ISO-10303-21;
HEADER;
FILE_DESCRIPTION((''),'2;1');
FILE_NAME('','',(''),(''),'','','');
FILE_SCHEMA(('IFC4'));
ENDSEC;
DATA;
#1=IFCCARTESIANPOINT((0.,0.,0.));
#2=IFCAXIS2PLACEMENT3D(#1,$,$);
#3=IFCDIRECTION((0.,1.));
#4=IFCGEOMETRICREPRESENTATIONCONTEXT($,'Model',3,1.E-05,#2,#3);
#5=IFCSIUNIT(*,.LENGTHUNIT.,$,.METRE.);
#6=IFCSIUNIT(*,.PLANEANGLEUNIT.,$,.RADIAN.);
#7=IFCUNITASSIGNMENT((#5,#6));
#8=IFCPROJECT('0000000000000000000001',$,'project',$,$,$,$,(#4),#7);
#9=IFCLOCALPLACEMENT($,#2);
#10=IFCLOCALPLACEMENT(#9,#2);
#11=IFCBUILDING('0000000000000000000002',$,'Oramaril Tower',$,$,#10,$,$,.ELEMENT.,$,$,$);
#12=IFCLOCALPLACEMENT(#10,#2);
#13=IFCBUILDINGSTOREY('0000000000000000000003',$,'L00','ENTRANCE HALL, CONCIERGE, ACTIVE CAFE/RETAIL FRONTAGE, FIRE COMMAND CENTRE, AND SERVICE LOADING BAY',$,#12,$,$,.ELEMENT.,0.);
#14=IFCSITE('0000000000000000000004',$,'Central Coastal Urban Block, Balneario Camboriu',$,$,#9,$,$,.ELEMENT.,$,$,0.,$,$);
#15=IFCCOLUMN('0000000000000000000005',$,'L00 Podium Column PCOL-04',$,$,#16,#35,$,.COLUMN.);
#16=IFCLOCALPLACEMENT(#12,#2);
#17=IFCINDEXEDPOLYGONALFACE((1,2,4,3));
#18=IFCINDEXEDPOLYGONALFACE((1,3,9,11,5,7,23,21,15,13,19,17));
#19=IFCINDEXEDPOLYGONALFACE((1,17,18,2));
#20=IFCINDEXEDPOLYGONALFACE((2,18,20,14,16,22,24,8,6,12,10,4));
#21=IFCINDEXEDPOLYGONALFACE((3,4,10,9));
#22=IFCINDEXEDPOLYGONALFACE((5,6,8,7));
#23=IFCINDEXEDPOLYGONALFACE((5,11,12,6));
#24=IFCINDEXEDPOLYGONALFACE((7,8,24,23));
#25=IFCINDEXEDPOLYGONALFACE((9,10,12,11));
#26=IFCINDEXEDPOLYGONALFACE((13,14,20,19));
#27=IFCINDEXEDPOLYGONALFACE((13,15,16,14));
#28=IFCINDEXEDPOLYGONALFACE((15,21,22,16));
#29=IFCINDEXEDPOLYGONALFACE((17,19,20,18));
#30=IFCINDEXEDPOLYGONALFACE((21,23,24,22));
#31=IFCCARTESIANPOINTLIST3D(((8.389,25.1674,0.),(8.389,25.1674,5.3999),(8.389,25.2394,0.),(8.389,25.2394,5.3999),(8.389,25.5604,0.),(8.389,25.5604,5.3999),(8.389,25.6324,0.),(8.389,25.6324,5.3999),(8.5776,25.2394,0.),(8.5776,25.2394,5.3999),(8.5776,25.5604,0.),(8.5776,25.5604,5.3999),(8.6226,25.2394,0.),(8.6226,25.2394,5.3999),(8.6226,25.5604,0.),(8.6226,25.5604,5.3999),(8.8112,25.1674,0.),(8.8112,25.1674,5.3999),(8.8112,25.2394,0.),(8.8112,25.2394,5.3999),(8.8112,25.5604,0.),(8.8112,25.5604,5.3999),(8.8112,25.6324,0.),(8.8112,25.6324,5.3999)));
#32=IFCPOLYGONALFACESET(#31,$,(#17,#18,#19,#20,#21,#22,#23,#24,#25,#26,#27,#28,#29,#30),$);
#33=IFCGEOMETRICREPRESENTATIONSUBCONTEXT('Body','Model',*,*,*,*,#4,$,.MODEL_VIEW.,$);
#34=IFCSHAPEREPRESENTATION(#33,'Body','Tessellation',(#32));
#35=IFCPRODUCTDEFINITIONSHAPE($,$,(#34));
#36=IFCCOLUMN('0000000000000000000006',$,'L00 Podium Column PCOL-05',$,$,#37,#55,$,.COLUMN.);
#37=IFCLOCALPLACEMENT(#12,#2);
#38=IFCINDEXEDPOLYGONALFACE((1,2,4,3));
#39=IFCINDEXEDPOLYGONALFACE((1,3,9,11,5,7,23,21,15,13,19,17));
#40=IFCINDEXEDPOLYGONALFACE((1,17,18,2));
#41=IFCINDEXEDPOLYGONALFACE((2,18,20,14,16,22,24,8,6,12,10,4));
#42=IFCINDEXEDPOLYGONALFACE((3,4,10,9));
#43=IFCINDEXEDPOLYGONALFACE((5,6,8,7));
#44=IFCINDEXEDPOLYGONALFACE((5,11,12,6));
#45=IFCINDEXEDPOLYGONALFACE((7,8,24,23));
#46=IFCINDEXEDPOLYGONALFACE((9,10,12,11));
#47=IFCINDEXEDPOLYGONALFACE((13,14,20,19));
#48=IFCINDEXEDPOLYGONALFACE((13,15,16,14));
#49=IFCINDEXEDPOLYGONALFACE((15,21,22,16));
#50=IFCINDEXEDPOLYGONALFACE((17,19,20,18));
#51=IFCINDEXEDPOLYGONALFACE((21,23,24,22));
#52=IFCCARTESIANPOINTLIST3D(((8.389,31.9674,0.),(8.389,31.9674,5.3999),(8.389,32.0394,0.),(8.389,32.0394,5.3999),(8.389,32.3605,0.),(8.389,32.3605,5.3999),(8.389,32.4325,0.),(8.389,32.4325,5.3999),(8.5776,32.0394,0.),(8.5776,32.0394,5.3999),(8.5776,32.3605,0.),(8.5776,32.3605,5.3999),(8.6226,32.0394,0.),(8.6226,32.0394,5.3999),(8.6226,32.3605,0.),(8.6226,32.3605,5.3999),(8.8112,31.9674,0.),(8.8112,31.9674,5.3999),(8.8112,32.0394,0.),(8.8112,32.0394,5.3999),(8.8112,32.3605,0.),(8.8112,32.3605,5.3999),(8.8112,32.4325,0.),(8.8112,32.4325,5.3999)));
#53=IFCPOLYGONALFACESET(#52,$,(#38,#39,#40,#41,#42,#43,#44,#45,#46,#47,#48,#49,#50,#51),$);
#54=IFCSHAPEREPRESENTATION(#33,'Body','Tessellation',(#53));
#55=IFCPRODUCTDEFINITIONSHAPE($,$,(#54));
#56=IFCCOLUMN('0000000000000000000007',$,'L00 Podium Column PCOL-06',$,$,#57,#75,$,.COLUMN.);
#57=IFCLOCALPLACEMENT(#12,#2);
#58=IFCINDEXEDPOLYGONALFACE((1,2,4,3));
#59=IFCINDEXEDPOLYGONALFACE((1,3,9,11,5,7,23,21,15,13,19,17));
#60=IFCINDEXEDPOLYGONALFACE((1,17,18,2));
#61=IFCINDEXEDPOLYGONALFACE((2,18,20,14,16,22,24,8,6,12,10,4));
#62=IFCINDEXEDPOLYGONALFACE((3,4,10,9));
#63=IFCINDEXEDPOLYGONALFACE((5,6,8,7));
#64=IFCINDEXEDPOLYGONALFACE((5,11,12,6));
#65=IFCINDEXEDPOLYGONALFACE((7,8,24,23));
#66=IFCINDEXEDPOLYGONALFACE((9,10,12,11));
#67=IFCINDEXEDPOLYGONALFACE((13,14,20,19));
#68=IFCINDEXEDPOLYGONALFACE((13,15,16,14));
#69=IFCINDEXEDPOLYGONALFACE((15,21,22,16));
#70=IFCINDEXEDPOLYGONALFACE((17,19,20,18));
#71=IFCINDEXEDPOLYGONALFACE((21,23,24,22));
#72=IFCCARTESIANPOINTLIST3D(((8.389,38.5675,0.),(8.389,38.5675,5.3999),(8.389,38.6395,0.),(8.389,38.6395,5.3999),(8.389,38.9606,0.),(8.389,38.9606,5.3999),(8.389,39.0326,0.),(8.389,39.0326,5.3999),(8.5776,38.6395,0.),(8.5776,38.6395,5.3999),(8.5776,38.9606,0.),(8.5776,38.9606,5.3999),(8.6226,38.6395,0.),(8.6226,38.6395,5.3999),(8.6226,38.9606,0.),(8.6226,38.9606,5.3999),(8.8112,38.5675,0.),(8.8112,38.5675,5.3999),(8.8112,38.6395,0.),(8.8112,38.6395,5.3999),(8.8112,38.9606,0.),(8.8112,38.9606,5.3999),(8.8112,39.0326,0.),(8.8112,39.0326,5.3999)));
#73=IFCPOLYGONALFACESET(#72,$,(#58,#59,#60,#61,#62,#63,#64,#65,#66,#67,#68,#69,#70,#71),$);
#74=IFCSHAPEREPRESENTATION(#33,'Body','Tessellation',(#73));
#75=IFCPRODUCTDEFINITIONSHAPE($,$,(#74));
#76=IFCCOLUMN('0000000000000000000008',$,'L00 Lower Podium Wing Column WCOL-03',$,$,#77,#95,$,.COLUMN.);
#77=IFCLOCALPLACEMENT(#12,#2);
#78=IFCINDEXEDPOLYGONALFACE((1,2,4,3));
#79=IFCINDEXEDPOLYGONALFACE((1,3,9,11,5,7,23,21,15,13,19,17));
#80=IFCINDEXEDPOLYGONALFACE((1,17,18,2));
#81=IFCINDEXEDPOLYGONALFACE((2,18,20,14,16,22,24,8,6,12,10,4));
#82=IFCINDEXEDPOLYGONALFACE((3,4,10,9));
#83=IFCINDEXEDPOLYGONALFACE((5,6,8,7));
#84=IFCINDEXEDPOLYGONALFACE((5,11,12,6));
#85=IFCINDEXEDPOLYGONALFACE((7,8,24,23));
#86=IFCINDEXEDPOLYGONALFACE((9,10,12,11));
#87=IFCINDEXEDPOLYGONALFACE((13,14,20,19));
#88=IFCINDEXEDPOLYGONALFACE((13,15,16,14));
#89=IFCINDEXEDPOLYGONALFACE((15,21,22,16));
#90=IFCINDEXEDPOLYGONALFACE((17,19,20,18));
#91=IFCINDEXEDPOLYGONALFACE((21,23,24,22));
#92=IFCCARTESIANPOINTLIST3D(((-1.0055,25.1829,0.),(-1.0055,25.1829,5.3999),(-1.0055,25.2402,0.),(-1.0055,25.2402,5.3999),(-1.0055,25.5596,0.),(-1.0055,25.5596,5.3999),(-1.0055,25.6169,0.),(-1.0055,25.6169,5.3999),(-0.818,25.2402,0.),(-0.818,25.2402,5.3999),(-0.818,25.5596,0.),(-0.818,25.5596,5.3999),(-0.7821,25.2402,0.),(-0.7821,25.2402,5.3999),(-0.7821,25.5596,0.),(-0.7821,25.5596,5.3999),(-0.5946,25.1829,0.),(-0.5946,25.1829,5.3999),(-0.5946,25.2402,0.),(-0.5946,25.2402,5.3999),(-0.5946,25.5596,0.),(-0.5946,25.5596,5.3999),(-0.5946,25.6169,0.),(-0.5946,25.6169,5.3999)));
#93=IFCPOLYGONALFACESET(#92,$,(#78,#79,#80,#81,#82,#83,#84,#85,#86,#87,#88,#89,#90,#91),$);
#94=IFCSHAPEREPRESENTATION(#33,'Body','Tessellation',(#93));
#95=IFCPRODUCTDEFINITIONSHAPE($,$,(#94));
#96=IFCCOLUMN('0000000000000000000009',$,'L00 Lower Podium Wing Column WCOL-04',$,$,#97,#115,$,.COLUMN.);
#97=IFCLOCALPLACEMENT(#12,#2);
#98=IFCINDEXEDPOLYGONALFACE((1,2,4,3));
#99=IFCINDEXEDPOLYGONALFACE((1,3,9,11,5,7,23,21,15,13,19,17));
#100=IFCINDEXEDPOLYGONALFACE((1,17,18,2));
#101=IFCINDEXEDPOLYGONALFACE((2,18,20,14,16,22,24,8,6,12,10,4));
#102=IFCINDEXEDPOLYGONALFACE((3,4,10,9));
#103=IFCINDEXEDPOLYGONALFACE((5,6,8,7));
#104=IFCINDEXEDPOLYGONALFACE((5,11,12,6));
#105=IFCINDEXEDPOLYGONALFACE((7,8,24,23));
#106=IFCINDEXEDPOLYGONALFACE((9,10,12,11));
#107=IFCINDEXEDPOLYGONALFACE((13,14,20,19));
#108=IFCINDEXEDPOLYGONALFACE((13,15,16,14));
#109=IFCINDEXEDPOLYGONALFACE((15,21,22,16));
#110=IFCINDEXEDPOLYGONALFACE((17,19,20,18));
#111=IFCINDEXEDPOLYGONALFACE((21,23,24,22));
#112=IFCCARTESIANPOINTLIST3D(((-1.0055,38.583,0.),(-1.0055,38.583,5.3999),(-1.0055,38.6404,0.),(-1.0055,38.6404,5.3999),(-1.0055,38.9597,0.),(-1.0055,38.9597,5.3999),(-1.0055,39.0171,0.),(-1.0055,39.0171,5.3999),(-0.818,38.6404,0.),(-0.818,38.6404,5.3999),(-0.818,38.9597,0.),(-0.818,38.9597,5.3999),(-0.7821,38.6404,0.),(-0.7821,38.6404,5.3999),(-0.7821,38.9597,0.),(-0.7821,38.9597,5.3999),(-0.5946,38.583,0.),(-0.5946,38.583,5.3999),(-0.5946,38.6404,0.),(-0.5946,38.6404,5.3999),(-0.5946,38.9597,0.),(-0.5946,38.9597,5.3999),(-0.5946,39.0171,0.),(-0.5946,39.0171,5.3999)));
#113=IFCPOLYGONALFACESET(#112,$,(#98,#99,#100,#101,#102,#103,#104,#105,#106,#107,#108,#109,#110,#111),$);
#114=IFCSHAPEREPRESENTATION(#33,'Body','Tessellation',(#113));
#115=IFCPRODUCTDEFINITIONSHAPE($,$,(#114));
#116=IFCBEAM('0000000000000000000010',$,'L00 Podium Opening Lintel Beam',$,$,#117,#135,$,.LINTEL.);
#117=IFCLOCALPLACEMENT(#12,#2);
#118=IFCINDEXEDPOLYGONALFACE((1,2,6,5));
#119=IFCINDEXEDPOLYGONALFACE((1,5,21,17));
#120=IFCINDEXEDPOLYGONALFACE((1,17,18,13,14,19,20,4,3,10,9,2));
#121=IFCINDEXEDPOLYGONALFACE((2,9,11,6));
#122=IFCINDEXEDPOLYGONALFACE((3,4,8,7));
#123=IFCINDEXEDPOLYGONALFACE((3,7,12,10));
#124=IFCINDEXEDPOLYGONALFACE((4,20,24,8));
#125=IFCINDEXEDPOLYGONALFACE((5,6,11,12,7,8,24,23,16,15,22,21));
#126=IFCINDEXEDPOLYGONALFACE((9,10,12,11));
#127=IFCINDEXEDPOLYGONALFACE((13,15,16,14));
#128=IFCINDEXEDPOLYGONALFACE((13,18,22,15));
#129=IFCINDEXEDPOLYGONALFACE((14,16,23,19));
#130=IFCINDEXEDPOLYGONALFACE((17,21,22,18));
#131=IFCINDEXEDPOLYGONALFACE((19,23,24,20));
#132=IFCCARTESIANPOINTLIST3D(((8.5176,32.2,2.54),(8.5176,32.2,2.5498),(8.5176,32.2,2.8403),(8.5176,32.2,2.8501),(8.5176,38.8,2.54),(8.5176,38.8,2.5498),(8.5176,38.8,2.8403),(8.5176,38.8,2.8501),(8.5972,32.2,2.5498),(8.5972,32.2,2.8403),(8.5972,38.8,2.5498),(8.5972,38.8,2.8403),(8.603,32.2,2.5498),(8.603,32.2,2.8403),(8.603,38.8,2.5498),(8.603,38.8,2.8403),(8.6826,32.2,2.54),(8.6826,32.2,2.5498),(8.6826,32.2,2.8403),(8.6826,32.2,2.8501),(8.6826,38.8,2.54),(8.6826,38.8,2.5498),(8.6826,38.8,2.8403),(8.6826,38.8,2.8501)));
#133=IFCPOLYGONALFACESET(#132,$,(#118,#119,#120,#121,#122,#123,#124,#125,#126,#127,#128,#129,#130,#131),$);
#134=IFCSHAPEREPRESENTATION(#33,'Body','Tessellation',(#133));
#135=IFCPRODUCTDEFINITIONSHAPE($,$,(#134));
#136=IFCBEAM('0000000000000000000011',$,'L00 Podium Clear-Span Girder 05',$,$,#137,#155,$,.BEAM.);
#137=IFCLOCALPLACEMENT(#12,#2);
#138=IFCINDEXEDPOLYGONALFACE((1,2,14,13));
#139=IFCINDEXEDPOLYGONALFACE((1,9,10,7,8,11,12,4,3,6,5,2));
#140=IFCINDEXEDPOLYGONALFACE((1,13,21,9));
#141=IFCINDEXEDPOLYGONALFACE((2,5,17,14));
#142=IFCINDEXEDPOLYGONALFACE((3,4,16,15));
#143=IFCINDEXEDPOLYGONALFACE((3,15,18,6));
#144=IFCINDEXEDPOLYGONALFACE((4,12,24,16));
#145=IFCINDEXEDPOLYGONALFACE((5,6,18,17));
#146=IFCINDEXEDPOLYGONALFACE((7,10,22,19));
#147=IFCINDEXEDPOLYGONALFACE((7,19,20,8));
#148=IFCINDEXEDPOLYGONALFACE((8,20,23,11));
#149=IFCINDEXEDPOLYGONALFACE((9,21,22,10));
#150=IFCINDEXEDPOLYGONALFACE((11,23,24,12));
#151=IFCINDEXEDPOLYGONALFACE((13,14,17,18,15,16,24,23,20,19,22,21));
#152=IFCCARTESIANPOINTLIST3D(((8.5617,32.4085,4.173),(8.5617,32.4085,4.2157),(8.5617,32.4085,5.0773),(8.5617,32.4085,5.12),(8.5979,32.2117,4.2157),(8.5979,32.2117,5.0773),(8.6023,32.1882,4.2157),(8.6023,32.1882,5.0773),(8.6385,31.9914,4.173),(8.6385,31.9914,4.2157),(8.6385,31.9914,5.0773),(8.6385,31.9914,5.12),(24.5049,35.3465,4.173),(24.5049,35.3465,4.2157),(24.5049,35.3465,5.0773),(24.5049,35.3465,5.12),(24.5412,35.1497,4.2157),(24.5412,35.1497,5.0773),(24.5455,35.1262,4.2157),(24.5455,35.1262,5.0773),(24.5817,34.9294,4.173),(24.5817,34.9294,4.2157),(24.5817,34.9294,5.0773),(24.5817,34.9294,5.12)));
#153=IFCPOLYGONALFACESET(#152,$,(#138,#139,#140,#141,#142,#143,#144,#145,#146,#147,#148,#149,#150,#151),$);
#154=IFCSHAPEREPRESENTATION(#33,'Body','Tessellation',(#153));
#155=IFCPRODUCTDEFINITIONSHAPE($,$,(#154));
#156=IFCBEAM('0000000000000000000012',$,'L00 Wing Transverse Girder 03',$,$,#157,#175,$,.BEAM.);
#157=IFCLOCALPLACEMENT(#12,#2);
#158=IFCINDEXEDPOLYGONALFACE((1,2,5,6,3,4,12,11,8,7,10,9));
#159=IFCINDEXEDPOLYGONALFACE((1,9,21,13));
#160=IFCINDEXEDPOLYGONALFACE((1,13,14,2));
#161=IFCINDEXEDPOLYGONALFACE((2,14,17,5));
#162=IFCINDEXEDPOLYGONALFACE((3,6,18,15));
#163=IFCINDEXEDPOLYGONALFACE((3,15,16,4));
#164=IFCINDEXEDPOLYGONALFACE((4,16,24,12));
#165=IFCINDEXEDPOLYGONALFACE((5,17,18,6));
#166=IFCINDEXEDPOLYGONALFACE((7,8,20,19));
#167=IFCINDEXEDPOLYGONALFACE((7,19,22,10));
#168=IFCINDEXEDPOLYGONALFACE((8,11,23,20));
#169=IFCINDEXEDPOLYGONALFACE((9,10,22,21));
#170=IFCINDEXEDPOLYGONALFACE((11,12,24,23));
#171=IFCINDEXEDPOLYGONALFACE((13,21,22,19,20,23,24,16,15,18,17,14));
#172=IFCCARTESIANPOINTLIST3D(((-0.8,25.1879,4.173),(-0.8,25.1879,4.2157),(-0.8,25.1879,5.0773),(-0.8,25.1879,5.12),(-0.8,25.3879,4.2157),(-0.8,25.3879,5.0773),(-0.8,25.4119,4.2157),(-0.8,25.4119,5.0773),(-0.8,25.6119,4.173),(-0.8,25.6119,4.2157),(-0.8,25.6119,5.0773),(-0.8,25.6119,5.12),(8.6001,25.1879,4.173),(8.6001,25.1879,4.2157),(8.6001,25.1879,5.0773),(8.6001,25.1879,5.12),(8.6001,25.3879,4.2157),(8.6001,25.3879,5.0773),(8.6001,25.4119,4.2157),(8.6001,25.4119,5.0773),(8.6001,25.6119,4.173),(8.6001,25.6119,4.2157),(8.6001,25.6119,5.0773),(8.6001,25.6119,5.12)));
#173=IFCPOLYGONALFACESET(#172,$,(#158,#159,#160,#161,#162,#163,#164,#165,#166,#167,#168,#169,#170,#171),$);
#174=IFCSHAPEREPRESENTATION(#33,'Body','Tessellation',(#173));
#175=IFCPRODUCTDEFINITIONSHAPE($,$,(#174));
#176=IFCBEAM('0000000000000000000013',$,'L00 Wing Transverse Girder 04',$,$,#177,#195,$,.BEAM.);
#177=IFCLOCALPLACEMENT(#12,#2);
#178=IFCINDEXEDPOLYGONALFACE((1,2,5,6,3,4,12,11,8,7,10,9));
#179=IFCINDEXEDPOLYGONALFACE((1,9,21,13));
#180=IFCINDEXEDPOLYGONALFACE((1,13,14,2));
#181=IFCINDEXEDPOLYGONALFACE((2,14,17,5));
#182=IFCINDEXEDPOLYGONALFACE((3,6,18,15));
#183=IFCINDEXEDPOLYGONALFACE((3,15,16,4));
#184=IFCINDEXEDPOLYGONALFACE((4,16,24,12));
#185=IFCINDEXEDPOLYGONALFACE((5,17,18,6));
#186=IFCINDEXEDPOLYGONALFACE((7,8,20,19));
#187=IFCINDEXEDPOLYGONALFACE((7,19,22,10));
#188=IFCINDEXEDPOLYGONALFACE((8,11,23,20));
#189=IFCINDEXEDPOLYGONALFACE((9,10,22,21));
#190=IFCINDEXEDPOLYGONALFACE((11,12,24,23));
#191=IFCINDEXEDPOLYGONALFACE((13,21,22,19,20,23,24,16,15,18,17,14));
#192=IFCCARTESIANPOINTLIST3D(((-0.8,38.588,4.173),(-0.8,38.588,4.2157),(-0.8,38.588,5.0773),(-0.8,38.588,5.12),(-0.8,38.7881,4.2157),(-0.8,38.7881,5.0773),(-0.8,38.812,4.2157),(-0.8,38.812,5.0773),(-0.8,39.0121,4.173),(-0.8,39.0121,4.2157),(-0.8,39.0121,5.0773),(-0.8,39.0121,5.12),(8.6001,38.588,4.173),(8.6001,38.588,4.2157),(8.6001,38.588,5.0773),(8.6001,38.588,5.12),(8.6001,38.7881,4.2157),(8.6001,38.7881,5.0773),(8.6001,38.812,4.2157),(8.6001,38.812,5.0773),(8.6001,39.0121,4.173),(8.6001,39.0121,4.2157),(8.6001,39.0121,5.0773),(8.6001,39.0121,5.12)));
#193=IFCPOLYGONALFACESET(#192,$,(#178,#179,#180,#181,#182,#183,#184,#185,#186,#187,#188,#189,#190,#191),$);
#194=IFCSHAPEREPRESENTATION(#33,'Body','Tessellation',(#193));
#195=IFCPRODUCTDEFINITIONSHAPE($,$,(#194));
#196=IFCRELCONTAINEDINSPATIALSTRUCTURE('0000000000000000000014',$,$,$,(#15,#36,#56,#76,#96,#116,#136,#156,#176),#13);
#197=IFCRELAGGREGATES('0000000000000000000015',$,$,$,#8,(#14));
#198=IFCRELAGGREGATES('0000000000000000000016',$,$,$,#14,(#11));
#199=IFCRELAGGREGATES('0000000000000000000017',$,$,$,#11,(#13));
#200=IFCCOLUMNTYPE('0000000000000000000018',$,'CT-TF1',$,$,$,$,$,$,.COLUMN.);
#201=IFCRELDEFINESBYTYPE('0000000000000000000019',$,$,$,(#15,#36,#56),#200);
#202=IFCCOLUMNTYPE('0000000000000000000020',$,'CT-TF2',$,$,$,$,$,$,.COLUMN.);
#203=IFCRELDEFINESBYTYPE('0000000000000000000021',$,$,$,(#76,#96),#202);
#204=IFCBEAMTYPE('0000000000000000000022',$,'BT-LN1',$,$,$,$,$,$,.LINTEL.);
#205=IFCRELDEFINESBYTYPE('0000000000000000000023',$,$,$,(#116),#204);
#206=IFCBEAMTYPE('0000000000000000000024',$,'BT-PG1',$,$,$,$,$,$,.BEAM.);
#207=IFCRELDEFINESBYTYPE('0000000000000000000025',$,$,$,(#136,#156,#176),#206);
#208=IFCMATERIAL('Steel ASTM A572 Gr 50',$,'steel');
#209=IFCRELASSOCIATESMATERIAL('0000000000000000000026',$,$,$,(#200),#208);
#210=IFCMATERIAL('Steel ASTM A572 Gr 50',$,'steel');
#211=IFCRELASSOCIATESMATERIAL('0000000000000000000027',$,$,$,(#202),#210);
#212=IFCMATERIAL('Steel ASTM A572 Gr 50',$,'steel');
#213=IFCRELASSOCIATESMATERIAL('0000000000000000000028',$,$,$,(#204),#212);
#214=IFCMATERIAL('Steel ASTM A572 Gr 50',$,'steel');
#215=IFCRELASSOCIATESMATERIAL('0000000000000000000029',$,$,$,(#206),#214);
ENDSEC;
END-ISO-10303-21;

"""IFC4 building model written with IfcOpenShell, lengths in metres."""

from ifc_helpers import new_model, si_unit, direction, frame, origin, origin_2d, place, context, subcontext, project, spatial, i_section, extrude, material, material_profile, profile_set, type_object, element, save


model = new_model("IFC4")

# Units and contexts
model_context = context("Model", 3, precision=1e-05, world=origin(), true_north=direction((0.0, 1.0)))
body_context = subcontext(model_context, "Body", "Model", "MODEL_VIEW")
ifc_project = project(units=[si_unit("LENGTHUNIT", "METRE"), si_unit("PLANEANGLEUNIT", "RADIAN")], contexts=[model_context])

# Site, building, storey
site_placement = place(None, origin())
site = spatial("IfcSite", under=ifc_project, at=site_placement, Name="Central Coastal Urban Block, Balneario Camboriu", CompositionType="ELEMENT", RefElevation=0.0)
building_placement = place(site_placement, origin())
building = spatial("IfcBuilding", under=site, at=building_placement, Name="Oramaril Tower", CompositionType="ELEMENT")
storey_placement = place(building_placement, origin())
storey = spatial("IfcBuildingStorey", under=building, at=storey_placement, Name="L00", Description="ENTRANCE HALL, CONCIERGE, ACTIVE CAFE/RETAIL FRONTAGE, FIRE COMMAND CENTRE, AND SERVICE LOADING BAY", CompositionType="ELEMENT", Elevation=0.0)

# Columns
ifc_material_1 = material(Name="Steel ASTM A572 Gr 50", Category="steel")
ifc_material_profile_1 = material_profile(ifc_material_1, i_section(OverallWidth=0.4221, OverallDepth=0.4651, WebThickness=0.0449, FlangeThickness=0.072, at=origin_2d()), Name="W14X398")
ifc_profile_set_1 = profile_set([ifc_material_profile_1], Name="Steel ASTM A572 Gr 50")
column_type_1 = type_object("IfcColumnType", Name="CT-TF1", PredefinedType="COLUMN", material=ifc_profile_set_1)
for number, where, z_axis, x_axis, name in (
    (1, (8.6001, 25.3999, 0.0), (0.0, 0.0, 1.0), (1.0, 0.0, 0.0), "L00 Podium Column PCOL-04"),
    (2, (8.6001, 32.2, 0.0), (0.0, 0.0, 1.0), (1.0, 0.0, 0.0), "L00 Podium Column PCOL-05"),
    (3, (8.6001, 38.8, 0.0), (0.0, 0.0, 1.0), (1.0, 0.0, 0.0), "L00 Podium Column PCOL-06"),
):
    element("IfcColumn", number, at=place(storey_placement, frame(where, z_axis=z_axis, x_axis=x_axis)), inside=storey, type_object=column_type_1, Name=name, PredefinedType="COLUMN", context=body_context, shape_type="SweptSolid", body=[
        extrude(i_section(OverallWidth=0.4221, OverallDepth=0.4651, WebThickness=0.0449, FlangeThickness=0.072, at=origin_2d()), origin(), (0.0, 0.0, 1.0), 5.3999),
    ])
ifc_material_2 = material(Name="Steel ASTM A572 Gr 50", Category="steel")
ifc_material_profile_2 = material_profile(ifc_material_2, i_section(OverallWidth=0.4109, OverallDepth=0.4341, WebThickness=0.0359, FlangeThickness=0.0574, at=origin_2d()), Name="W14X311")
ifc_profile_set_2 = profile_set([ifc_material_profile_2], Name="Steel ASTM A572 Gr 50")
column_type_2 = type_object("IfcColumnType", Name="CT-TF2", PredefinedType="COLUMN", material=ifc_profile_set_2)
for number, where, z_axis, x_axis, name in (
    (4, (-0.8, 25.3999, 0.0), (0.0, 0.0, 1.0), (1.0, 0.0, 0.0), "L00 Lower Podium Wing Column WCOL-03"),
    (5, (-0.8, 38.8, 0.0), (0.0, 0.0, 1.0), (1.0, 0.0, 0.0), "L00 Lower Podium Wing Column WCOL-04"),
):
    element("IfcColumn", number, at=place(storey_placement, frame(where, z_axis=z_axis, x_axis=x_axis)), inside=storey, type_object=column_type_2, Name=name, PredefinedType="COLUMN", context=body_context, shape_type="SweptSolid", body=[
        extrude(i_section(OverallWidth=0.4109, OverallDepth=0.4341, WebThickness=0.0359, FlangeThickness=0.0574, at=origin_2d()), origin(), (0.0, 0.0, 1.0), 5.3999),
    ])

# Beams
ifc_material_3 = material(Name="Steel ASTM A572 Gr 50", Category="steel")
ifc_material_profile_3 = material_profile(ifc_material_3, i_section(OverallWidth=0.165, OverallDepth=0.3101, WebThickness=0.0059, FlangeThickness=0.0098, at=origin_2d()), Name="W12X26")
ifc_profile_set_3 = profile_set([ifc_material_profile_3], Name="Steel ASTM A572 Gr 50")
beam_type_1 = type_object("IfcBeamType", Name="BT-LN1", PredefinedType="LINTEL", material=ifc_profile_set_3)
beam_1_placement = place(storey_placement, frame((8.6001, 32.2, 2.6951), z_axis=(0.0, 1.0, 0.0), x_axis=(-1.0, 0.0, 0.0)))
element("IfcBeam", 6, at=beam_1_placement, inside=storey, type_object=beam_type_1, Name="L00 Podium Opening Lintel Beam", PredefinedType="LINTEL", context=body_context, shape_type="SweptSolid", body=[
    extrude(i_section(OverallWidth=0.165, OverallDepth=0.3101, WebThickness=0.0059, FlangeThickness=0.0098, at=origin_2d()), origin(), (0.0, 0.0, 1.0), 6.6001),
])
ifc_material_4 = material(Name="Steel ASTM A572 Gr 50", Category="steel")
ifc_material_profile_4 = material_profile(ifc_material_4, i_section(OverallWidth=0.4241, OverallDepth=0.947, WebThickness=0.0239, FlangeThickness=0.0427, at=origin_2d()), Name="W36X302")
ifc_profile_set_4 = profile_set([ifc_material_profile_4], Name="Steel ASTM A572 Gr 50")
beam_type_2 = type_object("IfcBeamType", Name="BT-PG1", PredefinedType="BEAM", material=ifc_profile_set_4)
beam_2_placement = place(storey_placement, frame((8.6001, 32.2, 4.6465), z_axis=(0.983441, 0.181228, 0.0), x_axis=(-0.181228, 0.983441, 0.0)))
element("IfcBeam", 7, at=beam_2_placement, inside=storey, type_object=beam_type_2, Name="L00 Podium Clear-Span Girder 05", PredefinedType="BEAM", context=body_context, shape_type="SweptSolid", body=[
    extrude(i_section(OverallWidth=0.4241, OverallDepth=0.947, WebThickness=0.0239, FlangeThickness=0.0427, at=origin_2d()), origin(), (0.0, 0.0, 1.0), 16.2117),
])
for number, where, z_axis, x_axis, name in (
    (8, (-0.8, 25.3999, 4.6465), (1.0, 0.0, 0.0), (0.0, 1.0, 0.0), "L00 Wing Transverse Girder 03"),
    (9, (-0.8, 38.8, 4.6465), (1.0, 0.0, 0.0), (0.0, 1.0, 0.0), "L00 Wing Transverse Girder 04"),
):
    element("IfcBeam", number, at=place(storey_placement, frame(where, z_axis=z_axis, x_axis=x_axis)), inside=storey, type_object=beam_type_2, Name=name, PredefinedType="BEAM", context=body_context, shape_type="SweptSolid", body=[
        extrude(i_section(OverallWidth=0.4241, OverallDepth=0.947, WebThickness=0.0239, FlangeThickness=0.0427, at=origin_2d()), origin(), (0.0, 0.0, 1.0), 9.4001),
    ])

save(model, "model.ifc")
